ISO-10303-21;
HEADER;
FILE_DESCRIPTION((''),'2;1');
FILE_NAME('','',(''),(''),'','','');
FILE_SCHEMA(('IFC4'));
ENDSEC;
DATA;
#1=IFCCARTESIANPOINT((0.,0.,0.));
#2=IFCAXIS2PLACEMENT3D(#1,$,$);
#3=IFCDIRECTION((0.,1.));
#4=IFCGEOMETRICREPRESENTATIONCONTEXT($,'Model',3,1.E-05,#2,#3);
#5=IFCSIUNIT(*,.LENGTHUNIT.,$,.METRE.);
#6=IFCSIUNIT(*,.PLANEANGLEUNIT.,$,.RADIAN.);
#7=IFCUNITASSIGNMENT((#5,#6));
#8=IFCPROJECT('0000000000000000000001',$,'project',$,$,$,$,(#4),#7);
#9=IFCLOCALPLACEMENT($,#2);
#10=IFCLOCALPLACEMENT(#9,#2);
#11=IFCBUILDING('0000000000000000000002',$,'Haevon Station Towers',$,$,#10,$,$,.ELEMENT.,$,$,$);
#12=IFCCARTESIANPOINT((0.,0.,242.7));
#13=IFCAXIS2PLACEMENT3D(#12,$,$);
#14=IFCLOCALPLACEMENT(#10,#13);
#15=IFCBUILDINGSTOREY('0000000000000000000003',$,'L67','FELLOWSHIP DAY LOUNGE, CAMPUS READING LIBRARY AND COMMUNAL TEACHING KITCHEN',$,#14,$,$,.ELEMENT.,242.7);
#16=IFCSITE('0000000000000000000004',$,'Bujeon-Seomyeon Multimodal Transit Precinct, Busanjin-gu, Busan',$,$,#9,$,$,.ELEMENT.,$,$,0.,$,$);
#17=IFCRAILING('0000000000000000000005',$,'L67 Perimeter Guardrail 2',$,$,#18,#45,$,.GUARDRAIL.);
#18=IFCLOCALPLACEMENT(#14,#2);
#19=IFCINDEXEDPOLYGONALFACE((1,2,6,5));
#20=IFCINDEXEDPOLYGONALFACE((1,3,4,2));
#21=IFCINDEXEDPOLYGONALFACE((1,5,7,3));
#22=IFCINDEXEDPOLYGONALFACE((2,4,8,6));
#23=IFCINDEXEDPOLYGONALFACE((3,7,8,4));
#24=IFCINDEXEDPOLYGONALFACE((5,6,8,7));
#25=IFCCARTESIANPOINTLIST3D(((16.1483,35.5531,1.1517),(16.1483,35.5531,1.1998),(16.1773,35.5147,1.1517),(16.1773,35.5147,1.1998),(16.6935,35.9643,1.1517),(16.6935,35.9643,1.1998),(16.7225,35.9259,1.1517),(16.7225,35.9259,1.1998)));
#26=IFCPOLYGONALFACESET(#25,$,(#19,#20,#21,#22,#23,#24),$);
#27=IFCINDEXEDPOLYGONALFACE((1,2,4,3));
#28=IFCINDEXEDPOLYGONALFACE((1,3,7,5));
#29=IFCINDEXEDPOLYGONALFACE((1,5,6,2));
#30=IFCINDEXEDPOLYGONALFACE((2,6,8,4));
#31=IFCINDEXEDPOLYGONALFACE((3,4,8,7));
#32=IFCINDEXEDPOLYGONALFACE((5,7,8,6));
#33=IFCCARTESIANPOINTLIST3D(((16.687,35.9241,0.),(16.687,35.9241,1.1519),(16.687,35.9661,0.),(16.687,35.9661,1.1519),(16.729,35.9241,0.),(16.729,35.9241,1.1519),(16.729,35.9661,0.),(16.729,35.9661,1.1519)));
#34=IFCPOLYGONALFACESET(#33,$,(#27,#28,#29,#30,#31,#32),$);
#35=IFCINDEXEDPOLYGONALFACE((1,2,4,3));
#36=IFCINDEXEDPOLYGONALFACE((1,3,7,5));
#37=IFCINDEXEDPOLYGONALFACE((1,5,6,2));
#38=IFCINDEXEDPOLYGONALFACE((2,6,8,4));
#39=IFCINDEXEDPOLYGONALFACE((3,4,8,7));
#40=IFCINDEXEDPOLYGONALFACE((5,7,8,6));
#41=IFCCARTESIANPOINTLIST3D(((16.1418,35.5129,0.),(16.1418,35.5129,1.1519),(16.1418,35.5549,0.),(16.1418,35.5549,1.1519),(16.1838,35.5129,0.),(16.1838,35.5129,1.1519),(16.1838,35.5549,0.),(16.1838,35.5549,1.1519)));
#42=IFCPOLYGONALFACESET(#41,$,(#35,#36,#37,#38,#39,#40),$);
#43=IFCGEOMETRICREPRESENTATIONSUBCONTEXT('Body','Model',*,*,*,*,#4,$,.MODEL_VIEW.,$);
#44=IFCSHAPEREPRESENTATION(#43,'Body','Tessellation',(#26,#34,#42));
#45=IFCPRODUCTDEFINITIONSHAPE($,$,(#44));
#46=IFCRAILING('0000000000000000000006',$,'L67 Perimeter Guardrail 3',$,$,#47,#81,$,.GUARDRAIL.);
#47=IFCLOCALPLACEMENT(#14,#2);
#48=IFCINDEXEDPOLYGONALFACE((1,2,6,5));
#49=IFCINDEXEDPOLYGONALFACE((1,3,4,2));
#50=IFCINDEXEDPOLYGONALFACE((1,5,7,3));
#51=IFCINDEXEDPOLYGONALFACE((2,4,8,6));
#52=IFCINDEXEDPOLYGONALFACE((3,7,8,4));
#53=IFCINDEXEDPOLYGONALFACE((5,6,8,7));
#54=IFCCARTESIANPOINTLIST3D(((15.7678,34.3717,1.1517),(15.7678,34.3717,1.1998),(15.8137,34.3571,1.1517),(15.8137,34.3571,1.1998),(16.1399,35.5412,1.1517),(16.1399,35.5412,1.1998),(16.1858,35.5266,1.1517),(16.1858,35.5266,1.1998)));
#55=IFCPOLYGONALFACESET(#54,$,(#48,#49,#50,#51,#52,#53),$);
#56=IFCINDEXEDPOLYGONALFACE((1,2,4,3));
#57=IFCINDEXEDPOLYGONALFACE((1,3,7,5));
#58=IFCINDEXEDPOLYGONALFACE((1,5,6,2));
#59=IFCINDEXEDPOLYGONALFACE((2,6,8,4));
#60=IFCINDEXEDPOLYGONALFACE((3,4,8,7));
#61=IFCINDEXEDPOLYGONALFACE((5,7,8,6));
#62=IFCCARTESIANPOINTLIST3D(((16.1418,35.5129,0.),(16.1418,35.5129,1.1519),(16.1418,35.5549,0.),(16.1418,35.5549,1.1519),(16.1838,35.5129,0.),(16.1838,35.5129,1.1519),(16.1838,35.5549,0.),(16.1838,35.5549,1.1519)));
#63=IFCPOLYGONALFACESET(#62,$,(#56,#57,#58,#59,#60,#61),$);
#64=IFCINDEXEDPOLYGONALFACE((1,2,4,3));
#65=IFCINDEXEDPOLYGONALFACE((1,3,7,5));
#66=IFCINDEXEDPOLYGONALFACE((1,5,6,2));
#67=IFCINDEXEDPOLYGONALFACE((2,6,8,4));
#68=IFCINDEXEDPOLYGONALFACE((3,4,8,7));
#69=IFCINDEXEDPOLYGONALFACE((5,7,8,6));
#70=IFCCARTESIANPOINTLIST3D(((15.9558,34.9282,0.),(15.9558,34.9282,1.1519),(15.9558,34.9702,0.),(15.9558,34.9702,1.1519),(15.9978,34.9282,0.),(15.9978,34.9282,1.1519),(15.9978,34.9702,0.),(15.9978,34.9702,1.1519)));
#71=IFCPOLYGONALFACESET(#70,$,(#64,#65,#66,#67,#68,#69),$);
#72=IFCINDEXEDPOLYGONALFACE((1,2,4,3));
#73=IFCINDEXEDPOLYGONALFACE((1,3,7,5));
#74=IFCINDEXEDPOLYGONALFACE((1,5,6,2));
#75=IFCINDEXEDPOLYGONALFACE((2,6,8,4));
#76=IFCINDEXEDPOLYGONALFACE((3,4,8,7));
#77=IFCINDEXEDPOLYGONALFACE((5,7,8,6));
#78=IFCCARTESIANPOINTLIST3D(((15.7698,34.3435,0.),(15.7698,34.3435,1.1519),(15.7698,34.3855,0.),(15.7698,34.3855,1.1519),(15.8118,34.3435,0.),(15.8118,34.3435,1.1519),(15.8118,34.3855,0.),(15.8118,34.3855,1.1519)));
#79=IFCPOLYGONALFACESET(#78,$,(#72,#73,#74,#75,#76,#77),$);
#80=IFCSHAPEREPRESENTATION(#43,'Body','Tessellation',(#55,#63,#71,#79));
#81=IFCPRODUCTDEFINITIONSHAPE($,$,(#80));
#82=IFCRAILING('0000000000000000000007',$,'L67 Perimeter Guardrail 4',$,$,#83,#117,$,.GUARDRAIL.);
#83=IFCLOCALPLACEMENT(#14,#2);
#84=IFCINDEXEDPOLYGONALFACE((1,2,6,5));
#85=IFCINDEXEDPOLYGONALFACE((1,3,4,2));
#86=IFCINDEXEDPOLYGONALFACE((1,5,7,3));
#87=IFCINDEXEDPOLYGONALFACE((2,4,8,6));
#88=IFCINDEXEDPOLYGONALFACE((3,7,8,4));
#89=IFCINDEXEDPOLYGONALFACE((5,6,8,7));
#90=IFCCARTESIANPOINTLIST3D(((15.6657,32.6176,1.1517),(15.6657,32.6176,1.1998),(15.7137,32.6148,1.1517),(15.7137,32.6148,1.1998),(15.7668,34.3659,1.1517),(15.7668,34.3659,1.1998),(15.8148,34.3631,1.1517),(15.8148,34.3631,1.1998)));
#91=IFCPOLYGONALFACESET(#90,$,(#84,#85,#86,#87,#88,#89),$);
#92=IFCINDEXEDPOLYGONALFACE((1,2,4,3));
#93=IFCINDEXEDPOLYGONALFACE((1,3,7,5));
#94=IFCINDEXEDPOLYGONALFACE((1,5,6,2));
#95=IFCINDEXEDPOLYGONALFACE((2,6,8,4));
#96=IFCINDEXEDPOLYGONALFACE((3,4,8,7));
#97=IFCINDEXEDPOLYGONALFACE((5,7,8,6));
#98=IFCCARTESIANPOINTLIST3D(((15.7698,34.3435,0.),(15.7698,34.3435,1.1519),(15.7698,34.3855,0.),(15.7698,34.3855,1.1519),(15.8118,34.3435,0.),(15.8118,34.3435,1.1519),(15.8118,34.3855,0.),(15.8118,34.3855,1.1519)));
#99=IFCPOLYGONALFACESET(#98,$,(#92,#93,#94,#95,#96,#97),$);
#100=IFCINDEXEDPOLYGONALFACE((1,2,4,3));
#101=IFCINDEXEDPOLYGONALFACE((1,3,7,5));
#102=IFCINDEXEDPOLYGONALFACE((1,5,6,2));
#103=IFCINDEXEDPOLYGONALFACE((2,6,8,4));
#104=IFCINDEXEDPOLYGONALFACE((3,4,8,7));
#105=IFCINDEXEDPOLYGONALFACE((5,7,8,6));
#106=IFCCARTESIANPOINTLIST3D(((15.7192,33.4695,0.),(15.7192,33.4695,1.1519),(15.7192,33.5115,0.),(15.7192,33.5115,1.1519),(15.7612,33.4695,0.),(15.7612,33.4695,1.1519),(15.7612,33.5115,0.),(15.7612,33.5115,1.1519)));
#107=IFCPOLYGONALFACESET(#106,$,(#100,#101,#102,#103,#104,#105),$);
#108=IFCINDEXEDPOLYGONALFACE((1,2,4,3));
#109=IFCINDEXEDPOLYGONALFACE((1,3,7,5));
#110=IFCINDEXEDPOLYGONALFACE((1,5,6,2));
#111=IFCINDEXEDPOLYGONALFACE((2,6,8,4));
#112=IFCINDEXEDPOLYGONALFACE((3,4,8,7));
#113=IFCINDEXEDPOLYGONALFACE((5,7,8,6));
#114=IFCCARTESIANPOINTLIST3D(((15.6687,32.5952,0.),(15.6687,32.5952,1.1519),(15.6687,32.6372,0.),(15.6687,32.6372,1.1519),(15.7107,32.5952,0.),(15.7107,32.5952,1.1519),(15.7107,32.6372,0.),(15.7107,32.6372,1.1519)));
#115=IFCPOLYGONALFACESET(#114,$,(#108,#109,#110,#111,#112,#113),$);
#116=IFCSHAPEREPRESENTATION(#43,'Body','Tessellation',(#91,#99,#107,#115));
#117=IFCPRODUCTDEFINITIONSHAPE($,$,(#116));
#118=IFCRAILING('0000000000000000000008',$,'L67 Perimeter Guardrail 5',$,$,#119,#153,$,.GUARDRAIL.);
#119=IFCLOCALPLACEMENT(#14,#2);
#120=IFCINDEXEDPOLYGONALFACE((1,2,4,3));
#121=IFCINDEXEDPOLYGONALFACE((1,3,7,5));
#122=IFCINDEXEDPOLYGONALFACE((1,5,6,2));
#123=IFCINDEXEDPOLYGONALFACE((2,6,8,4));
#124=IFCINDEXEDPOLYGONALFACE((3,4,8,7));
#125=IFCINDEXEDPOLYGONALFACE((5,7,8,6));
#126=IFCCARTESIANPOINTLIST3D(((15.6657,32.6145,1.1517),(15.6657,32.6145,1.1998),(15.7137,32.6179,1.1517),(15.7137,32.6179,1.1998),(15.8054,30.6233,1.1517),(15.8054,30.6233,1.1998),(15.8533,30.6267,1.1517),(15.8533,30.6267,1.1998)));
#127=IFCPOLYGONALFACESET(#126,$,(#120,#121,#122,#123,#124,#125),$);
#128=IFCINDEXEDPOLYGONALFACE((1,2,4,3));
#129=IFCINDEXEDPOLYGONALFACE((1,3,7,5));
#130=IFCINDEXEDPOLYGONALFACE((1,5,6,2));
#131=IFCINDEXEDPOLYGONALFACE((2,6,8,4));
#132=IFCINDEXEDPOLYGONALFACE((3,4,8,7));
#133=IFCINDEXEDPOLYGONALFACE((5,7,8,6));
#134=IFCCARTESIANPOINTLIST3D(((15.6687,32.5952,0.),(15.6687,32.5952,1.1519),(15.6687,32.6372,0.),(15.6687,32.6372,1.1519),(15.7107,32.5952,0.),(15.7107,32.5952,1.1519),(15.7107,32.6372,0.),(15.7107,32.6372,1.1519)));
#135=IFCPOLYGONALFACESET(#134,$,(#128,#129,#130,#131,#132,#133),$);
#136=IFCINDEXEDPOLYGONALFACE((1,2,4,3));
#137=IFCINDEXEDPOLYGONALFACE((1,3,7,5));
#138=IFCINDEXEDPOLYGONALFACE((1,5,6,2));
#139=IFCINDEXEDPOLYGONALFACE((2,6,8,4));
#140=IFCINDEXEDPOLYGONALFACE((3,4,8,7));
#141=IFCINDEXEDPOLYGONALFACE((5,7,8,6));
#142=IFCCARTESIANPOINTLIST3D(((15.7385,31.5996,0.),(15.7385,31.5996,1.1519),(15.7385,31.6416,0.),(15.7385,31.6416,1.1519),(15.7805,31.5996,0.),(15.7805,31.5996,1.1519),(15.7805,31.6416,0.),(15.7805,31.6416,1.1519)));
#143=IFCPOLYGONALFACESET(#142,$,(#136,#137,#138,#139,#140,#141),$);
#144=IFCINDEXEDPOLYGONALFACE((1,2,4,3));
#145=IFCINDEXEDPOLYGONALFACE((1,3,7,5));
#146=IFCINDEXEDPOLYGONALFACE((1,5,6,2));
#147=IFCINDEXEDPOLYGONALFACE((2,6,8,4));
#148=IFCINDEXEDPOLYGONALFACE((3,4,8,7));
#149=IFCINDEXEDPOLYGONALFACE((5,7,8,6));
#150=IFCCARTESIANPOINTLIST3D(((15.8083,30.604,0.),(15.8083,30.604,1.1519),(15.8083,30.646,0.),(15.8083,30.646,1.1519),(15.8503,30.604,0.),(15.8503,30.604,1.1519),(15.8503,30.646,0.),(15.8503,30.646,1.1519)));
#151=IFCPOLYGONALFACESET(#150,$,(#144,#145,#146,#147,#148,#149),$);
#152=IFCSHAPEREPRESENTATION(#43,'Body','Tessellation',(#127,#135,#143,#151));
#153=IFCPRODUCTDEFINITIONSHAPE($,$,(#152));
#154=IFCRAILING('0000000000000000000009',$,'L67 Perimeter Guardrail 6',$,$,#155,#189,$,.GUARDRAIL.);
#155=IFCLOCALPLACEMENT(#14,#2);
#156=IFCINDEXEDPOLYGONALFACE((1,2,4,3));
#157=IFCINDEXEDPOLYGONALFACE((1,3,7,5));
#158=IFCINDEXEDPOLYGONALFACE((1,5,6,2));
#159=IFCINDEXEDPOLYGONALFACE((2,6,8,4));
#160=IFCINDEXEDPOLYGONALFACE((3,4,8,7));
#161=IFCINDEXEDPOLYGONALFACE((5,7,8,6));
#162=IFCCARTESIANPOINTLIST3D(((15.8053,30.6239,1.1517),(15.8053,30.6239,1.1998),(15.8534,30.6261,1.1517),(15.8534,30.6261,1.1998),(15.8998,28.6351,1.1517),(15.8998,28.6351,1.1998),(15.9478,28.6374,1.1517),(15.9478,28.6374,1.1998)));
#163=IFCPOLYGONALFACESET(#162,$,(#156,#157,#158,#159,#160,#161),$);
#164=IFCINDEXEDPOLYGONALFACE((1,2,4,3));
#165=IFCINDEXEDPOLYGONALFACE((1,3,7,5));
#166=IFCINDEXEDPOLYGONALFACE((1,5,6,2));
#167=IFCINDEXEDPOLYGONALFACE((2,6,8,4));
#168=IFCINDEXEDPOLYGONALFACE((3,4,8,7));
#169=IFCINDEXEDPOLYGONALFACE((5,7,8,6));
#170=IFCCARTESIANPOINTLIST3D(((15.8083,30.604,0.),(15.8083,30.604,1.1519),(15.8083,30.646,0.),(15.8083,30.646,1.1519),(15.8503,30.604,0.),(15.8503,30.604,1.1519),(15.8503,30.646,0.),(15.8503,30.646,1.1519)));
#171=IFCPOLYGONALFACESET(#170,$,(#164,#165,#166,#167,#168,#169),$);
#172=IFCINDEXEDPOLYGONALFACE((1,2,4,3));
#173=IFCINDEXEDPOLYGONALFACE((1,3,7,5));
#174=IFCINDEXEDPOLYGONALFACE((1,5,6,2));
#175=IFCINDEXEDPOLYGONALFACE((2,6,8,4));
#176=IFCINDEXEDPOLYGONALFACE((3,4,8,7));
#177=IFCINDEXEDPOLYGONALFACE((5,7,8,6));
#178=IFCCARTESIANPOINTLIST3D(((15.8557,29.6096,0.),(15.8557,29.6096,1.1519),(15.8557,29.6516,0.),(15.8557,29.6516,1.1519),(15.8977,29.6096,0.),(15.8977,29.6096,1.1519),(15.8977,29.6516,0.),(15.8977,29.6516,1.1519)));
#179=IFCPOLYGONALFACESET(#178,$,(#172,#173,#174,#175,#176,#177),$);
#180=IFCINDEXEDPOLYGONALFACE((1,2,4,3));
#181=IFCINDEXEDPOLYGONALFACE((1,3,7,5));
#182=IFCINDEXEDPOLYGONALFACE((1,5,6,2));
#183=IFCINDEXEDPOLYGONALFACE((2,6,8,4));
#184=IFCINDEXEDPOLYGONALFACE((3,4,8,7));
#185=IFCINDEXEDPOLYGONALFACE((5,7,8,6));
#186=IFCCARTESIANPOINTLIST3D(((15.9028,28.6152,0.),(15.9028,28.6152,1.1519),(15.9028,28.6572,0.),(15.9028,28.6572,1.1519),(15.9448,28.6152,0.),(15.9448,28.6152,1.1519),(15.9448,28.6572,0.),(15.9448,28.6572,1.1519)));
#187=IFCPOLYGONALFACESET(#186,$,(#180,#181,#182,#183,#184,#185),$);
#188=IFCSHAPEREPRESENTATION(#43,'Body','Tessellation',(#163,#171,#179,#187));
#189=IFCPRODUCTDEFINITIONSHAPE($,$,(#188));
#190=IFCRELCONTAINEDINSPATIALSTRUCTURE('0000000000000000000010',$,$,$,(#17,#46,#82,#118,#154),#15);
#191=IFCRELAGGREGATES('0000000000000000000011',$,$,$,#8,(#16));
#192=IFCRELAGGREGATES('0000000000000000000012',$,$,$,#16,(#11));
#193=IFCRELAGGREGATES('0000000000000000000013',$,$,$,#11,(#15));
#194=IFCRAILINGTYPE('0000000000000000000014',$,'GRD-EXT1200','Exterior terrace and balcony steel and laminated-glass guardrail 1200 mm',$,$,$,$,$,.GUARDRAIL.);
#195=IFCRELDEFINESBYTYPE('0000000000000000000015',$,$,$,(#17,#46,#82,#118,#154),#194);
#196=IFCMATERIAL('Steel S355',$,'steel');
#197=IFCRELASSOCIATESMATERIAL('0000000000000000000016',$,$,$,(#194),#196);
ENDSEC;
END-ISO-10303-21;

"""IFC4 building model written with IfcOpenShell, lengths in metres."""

from ifc_helpers import new_model, si_unit, direction, frame, origin, origin_2d, place, context, subcontext, project, spatial, rectangle, extrude, material, type_object, element, save


model = new_model("IFC4")

# Units and contexts
model_context = context("Model", 3, precision=1e-05, world=origin(), true_north=direction((0.0, 1.0)))
body_context = subcontext(model_context, "Body", "Model", "MODEL_VIEW")
ifc_project = project(units=[si_unit("LENGTHUNIT", "METRE"), si_unit("PLANEANGLEUNIT", "RADIAN")], contexts=[model_context])

# Site, building, storey
site_placement = place(None, origin())
site = spatial("IfcSite", under=ifc_project, at=site_placement, Name="Bujeon-Seomyeon Multimodal Transit Precinct, Busanjin-gu, Busan", CompositionType="ELEMENT", RefElevation=0.0)
building_placement = place(site_placement, origin())
building = spatial("IfcBuilding", under=site, at=building_placement, Name="Haevon Station Towers", CompositionType="ELEMENT")
storey_placement = place(building_placement, frame((0.0, 0.0, 242.7)))
storey = spatial("IfcBuildingStorey", under=building, at=storey_placement, Name="L67", Description="FELLOWSHIP DAY LOUNGE, CAMPUS READING LIBRARY AND COMMUNAL TEACHING KITCHEN", CompositionType="ELEMENT", Elevation=242.7)

# Shared definitions
ifc_material_1 = material(Name="Steel S355", Category="steel")

# Railings
railing_type = type_object("IfcRailingType", Name="GRD-EXT1200", Description="Exterior terrace and balcony steel and laminated-glass guardrail 1200 mm", PredefinedType="GUARDRAIL", material=ifc_material_1)
railing_1_placement = place(storey_placement, frame((16.708, 35.9451, 0.0)))
element("IfcRailing", 1, at=railing_1_placement, inside=storey, type_object=railing_type, Name="L67 Perimeter Guardrail 2", PredefinedType="GUARDRAIL", context=body_context, shape_type="SweptSolid", body=[
    extrude(rectangle(XDim=0.0481, YDim=0.0481, at=origin_2d()), frame((0.0, 0.0, 1.1758), z_axis=(-0.79841, -0.602115, 0.0), x_axis=(0.602115, -0.79841, 0.0)), (0.0, 0.0, 1.0), 0.6829),
    extrude(rectangle(XDim=0.042, YDim=0.042, at=origin_2d()), origin(), (0.0, 0.0, 1.0), 1.1519),
    extrude(rectangle(XDim=0.042, YDim=0.042, at=origin_2d()), frame((-0.5452, -0.4111, 0.0)), (0.0, 0.0, 1.0), 1.1519),
])
railing_2_placement = place(storey_placement, frame((16.1628, 35.5339, 0.0)))
element("IfcRailing", 2, at=railing_2_placement, inside=storey, type_object=railing_type, Name="L67 Perimeter Guardrail 3", PredefinedType="GUARDRAIL", context=body_context, shape_type="SweptSolid", body=[
    extrude(rectangle(XDim=0.0481, YDim=0.0481, at=origin_2d()), frame((0.0, 0.0, 1.1758), z_axis=(-0.303187, -0.952931, 0.0), x_axis=(0.952931, -0.303187, 0.0)), (0.0, 0.0, 1.0), 1.2273),
    extrude(rectangle(XDim=0.042, YDim=0.042, at=origin_2d()), origin(), (0.0, 0.0, 1.0), 1.1519),
    extrude(rectangle(XDim=0.042, YDim=0.042, at=origin_2d()), frame((-0.186, -0.5847, 0.0)), (0.0, 0.0, 1.0), 1.1519),
    extrude(rectangle(XDim=0.042, YDim=0.042, at=origin_2d()), frame((-0.3721, -1.1694, 0.0)), (0.0, 0.0, 1.0), 1.1519),
])
railing_3_placement = place(storey_placement, frame((15.7908, 34.3645, 0.0)))
element("IfcRailing", 3, at=railing_3_placement, inside=storey, type_object=railing_type, Name="L67 Perimeter Guardrail 4", PredefinedType="GUARDRAIL", context=body_context, shape_type="SweptSolid", body=[
    extrude(rectangle(XDim=0.0481, YDim=0.0481, at=origin_2d()), frame((0.0, 0.0, 1.1758), z_axis=(-0.057717, -0.998333, 0.0), x_axis=(0.998333, -0.057717, 0.0)), (0.0, 0.0, 1.0), 1.7512),
    extrude(rectangle(XDim=0.042, YDim=0.042, at=origin_2d()), origin(), (0.0, 0.0, 1.0), 1.1519),
    extrude(rectangle(XDim=0.042, YDim=0.042, at=origin_2d()), frame((-0.0505, -0.874, 0.0)), (0.0, 0.0, 1.0), 1.1519),
    extrude(rectangle(XDim=0.042, YDim=0.042, at=origin_2d()), frame((-0.1011, -1.7483, 0.0)), (0.0, 0.0, 1.0), 1.1519),
])
railing_4_placement = place(storey_placement, frame((15.6897, 32.6162, 0.0)))
element("IfcRailing", 4, at=railing_4_placement, inside=storey, type_object=railing_type, Name="L67 Perimeter Guardrail 5", PredefinedType="GUARDRAIL", context=body_context, shape_type="SweptSolid", body=[
    extrude(rectangle(XDim=0.0481, YDim=0.0481, at=origin_2d()), frame((0.0, 0.0, 1.1758), z_axis=(0.069961, -0.99755, 0.0), x_axis=(0.99755, 0.069961, 0.0)), (0.0, 0.0, 1.0), 1.9961),
    extrude(rectangle(XDim=0.042, YDim=0.042, at=origin_2d()), origin(), (0.0, 0.0, 1.0), 1.1519),
    extrude(rectangle(XDim=0.042, YDim=0.042, at=origin_2d()), frame((0.0698, -0.9956, 0.0)), (0.0, 0.0, 1.0), 1.1519),
    extrude(rectangle(XDim=0.042, YDim=0.042, at=origin_2d()), frame((0.1396, -1.9912, 0.0)), (0.0, 0.0, 1.0), 1.1519),
])
railing_5_placement = place(storey_placement, frame((15.8293, 30.625, 0.0)))
element("IfcRailing", 5, at=railing_5_placement, inside=storey, type_object=railing_type, Name="L67 Perimeter Guardrail 6", PredefinedType="GUARDRAIL", context=body_context, shape_type="SweptSolid", body=[
    extrude(rectangle(XDim=0.0481, YDim=0.0481, at=origin_2d()), frame((0.0, 0.0, 1.1758), z_axis=(0.047454, -0.998873, 0.0), x_axis=(0.998873, 0.047454, 0.0)), (0.0, 0.0, 1.0), 1.991),
    extrude(rectangle(XDim=0.042, YDim=0.042, at=origin_2d()), origin(), (0.0, 0.0, 1.0), 1.1519),
    extrude(rectangle(XDim=0.042, YDim=0.042, at=origin_2d()), frame((0.0474, -0.9944, 0.0)), (0.0, 0.0, 1.0), 1.1519),
    extrude(rectangle(XDim=0.042, YDim=0.042, at=origin_2d()), frame((0.0945, -1.9888, 0.0)), (0.0, 0.0, 1.0), 1.1519),
])

save(model, "model.ifc")
